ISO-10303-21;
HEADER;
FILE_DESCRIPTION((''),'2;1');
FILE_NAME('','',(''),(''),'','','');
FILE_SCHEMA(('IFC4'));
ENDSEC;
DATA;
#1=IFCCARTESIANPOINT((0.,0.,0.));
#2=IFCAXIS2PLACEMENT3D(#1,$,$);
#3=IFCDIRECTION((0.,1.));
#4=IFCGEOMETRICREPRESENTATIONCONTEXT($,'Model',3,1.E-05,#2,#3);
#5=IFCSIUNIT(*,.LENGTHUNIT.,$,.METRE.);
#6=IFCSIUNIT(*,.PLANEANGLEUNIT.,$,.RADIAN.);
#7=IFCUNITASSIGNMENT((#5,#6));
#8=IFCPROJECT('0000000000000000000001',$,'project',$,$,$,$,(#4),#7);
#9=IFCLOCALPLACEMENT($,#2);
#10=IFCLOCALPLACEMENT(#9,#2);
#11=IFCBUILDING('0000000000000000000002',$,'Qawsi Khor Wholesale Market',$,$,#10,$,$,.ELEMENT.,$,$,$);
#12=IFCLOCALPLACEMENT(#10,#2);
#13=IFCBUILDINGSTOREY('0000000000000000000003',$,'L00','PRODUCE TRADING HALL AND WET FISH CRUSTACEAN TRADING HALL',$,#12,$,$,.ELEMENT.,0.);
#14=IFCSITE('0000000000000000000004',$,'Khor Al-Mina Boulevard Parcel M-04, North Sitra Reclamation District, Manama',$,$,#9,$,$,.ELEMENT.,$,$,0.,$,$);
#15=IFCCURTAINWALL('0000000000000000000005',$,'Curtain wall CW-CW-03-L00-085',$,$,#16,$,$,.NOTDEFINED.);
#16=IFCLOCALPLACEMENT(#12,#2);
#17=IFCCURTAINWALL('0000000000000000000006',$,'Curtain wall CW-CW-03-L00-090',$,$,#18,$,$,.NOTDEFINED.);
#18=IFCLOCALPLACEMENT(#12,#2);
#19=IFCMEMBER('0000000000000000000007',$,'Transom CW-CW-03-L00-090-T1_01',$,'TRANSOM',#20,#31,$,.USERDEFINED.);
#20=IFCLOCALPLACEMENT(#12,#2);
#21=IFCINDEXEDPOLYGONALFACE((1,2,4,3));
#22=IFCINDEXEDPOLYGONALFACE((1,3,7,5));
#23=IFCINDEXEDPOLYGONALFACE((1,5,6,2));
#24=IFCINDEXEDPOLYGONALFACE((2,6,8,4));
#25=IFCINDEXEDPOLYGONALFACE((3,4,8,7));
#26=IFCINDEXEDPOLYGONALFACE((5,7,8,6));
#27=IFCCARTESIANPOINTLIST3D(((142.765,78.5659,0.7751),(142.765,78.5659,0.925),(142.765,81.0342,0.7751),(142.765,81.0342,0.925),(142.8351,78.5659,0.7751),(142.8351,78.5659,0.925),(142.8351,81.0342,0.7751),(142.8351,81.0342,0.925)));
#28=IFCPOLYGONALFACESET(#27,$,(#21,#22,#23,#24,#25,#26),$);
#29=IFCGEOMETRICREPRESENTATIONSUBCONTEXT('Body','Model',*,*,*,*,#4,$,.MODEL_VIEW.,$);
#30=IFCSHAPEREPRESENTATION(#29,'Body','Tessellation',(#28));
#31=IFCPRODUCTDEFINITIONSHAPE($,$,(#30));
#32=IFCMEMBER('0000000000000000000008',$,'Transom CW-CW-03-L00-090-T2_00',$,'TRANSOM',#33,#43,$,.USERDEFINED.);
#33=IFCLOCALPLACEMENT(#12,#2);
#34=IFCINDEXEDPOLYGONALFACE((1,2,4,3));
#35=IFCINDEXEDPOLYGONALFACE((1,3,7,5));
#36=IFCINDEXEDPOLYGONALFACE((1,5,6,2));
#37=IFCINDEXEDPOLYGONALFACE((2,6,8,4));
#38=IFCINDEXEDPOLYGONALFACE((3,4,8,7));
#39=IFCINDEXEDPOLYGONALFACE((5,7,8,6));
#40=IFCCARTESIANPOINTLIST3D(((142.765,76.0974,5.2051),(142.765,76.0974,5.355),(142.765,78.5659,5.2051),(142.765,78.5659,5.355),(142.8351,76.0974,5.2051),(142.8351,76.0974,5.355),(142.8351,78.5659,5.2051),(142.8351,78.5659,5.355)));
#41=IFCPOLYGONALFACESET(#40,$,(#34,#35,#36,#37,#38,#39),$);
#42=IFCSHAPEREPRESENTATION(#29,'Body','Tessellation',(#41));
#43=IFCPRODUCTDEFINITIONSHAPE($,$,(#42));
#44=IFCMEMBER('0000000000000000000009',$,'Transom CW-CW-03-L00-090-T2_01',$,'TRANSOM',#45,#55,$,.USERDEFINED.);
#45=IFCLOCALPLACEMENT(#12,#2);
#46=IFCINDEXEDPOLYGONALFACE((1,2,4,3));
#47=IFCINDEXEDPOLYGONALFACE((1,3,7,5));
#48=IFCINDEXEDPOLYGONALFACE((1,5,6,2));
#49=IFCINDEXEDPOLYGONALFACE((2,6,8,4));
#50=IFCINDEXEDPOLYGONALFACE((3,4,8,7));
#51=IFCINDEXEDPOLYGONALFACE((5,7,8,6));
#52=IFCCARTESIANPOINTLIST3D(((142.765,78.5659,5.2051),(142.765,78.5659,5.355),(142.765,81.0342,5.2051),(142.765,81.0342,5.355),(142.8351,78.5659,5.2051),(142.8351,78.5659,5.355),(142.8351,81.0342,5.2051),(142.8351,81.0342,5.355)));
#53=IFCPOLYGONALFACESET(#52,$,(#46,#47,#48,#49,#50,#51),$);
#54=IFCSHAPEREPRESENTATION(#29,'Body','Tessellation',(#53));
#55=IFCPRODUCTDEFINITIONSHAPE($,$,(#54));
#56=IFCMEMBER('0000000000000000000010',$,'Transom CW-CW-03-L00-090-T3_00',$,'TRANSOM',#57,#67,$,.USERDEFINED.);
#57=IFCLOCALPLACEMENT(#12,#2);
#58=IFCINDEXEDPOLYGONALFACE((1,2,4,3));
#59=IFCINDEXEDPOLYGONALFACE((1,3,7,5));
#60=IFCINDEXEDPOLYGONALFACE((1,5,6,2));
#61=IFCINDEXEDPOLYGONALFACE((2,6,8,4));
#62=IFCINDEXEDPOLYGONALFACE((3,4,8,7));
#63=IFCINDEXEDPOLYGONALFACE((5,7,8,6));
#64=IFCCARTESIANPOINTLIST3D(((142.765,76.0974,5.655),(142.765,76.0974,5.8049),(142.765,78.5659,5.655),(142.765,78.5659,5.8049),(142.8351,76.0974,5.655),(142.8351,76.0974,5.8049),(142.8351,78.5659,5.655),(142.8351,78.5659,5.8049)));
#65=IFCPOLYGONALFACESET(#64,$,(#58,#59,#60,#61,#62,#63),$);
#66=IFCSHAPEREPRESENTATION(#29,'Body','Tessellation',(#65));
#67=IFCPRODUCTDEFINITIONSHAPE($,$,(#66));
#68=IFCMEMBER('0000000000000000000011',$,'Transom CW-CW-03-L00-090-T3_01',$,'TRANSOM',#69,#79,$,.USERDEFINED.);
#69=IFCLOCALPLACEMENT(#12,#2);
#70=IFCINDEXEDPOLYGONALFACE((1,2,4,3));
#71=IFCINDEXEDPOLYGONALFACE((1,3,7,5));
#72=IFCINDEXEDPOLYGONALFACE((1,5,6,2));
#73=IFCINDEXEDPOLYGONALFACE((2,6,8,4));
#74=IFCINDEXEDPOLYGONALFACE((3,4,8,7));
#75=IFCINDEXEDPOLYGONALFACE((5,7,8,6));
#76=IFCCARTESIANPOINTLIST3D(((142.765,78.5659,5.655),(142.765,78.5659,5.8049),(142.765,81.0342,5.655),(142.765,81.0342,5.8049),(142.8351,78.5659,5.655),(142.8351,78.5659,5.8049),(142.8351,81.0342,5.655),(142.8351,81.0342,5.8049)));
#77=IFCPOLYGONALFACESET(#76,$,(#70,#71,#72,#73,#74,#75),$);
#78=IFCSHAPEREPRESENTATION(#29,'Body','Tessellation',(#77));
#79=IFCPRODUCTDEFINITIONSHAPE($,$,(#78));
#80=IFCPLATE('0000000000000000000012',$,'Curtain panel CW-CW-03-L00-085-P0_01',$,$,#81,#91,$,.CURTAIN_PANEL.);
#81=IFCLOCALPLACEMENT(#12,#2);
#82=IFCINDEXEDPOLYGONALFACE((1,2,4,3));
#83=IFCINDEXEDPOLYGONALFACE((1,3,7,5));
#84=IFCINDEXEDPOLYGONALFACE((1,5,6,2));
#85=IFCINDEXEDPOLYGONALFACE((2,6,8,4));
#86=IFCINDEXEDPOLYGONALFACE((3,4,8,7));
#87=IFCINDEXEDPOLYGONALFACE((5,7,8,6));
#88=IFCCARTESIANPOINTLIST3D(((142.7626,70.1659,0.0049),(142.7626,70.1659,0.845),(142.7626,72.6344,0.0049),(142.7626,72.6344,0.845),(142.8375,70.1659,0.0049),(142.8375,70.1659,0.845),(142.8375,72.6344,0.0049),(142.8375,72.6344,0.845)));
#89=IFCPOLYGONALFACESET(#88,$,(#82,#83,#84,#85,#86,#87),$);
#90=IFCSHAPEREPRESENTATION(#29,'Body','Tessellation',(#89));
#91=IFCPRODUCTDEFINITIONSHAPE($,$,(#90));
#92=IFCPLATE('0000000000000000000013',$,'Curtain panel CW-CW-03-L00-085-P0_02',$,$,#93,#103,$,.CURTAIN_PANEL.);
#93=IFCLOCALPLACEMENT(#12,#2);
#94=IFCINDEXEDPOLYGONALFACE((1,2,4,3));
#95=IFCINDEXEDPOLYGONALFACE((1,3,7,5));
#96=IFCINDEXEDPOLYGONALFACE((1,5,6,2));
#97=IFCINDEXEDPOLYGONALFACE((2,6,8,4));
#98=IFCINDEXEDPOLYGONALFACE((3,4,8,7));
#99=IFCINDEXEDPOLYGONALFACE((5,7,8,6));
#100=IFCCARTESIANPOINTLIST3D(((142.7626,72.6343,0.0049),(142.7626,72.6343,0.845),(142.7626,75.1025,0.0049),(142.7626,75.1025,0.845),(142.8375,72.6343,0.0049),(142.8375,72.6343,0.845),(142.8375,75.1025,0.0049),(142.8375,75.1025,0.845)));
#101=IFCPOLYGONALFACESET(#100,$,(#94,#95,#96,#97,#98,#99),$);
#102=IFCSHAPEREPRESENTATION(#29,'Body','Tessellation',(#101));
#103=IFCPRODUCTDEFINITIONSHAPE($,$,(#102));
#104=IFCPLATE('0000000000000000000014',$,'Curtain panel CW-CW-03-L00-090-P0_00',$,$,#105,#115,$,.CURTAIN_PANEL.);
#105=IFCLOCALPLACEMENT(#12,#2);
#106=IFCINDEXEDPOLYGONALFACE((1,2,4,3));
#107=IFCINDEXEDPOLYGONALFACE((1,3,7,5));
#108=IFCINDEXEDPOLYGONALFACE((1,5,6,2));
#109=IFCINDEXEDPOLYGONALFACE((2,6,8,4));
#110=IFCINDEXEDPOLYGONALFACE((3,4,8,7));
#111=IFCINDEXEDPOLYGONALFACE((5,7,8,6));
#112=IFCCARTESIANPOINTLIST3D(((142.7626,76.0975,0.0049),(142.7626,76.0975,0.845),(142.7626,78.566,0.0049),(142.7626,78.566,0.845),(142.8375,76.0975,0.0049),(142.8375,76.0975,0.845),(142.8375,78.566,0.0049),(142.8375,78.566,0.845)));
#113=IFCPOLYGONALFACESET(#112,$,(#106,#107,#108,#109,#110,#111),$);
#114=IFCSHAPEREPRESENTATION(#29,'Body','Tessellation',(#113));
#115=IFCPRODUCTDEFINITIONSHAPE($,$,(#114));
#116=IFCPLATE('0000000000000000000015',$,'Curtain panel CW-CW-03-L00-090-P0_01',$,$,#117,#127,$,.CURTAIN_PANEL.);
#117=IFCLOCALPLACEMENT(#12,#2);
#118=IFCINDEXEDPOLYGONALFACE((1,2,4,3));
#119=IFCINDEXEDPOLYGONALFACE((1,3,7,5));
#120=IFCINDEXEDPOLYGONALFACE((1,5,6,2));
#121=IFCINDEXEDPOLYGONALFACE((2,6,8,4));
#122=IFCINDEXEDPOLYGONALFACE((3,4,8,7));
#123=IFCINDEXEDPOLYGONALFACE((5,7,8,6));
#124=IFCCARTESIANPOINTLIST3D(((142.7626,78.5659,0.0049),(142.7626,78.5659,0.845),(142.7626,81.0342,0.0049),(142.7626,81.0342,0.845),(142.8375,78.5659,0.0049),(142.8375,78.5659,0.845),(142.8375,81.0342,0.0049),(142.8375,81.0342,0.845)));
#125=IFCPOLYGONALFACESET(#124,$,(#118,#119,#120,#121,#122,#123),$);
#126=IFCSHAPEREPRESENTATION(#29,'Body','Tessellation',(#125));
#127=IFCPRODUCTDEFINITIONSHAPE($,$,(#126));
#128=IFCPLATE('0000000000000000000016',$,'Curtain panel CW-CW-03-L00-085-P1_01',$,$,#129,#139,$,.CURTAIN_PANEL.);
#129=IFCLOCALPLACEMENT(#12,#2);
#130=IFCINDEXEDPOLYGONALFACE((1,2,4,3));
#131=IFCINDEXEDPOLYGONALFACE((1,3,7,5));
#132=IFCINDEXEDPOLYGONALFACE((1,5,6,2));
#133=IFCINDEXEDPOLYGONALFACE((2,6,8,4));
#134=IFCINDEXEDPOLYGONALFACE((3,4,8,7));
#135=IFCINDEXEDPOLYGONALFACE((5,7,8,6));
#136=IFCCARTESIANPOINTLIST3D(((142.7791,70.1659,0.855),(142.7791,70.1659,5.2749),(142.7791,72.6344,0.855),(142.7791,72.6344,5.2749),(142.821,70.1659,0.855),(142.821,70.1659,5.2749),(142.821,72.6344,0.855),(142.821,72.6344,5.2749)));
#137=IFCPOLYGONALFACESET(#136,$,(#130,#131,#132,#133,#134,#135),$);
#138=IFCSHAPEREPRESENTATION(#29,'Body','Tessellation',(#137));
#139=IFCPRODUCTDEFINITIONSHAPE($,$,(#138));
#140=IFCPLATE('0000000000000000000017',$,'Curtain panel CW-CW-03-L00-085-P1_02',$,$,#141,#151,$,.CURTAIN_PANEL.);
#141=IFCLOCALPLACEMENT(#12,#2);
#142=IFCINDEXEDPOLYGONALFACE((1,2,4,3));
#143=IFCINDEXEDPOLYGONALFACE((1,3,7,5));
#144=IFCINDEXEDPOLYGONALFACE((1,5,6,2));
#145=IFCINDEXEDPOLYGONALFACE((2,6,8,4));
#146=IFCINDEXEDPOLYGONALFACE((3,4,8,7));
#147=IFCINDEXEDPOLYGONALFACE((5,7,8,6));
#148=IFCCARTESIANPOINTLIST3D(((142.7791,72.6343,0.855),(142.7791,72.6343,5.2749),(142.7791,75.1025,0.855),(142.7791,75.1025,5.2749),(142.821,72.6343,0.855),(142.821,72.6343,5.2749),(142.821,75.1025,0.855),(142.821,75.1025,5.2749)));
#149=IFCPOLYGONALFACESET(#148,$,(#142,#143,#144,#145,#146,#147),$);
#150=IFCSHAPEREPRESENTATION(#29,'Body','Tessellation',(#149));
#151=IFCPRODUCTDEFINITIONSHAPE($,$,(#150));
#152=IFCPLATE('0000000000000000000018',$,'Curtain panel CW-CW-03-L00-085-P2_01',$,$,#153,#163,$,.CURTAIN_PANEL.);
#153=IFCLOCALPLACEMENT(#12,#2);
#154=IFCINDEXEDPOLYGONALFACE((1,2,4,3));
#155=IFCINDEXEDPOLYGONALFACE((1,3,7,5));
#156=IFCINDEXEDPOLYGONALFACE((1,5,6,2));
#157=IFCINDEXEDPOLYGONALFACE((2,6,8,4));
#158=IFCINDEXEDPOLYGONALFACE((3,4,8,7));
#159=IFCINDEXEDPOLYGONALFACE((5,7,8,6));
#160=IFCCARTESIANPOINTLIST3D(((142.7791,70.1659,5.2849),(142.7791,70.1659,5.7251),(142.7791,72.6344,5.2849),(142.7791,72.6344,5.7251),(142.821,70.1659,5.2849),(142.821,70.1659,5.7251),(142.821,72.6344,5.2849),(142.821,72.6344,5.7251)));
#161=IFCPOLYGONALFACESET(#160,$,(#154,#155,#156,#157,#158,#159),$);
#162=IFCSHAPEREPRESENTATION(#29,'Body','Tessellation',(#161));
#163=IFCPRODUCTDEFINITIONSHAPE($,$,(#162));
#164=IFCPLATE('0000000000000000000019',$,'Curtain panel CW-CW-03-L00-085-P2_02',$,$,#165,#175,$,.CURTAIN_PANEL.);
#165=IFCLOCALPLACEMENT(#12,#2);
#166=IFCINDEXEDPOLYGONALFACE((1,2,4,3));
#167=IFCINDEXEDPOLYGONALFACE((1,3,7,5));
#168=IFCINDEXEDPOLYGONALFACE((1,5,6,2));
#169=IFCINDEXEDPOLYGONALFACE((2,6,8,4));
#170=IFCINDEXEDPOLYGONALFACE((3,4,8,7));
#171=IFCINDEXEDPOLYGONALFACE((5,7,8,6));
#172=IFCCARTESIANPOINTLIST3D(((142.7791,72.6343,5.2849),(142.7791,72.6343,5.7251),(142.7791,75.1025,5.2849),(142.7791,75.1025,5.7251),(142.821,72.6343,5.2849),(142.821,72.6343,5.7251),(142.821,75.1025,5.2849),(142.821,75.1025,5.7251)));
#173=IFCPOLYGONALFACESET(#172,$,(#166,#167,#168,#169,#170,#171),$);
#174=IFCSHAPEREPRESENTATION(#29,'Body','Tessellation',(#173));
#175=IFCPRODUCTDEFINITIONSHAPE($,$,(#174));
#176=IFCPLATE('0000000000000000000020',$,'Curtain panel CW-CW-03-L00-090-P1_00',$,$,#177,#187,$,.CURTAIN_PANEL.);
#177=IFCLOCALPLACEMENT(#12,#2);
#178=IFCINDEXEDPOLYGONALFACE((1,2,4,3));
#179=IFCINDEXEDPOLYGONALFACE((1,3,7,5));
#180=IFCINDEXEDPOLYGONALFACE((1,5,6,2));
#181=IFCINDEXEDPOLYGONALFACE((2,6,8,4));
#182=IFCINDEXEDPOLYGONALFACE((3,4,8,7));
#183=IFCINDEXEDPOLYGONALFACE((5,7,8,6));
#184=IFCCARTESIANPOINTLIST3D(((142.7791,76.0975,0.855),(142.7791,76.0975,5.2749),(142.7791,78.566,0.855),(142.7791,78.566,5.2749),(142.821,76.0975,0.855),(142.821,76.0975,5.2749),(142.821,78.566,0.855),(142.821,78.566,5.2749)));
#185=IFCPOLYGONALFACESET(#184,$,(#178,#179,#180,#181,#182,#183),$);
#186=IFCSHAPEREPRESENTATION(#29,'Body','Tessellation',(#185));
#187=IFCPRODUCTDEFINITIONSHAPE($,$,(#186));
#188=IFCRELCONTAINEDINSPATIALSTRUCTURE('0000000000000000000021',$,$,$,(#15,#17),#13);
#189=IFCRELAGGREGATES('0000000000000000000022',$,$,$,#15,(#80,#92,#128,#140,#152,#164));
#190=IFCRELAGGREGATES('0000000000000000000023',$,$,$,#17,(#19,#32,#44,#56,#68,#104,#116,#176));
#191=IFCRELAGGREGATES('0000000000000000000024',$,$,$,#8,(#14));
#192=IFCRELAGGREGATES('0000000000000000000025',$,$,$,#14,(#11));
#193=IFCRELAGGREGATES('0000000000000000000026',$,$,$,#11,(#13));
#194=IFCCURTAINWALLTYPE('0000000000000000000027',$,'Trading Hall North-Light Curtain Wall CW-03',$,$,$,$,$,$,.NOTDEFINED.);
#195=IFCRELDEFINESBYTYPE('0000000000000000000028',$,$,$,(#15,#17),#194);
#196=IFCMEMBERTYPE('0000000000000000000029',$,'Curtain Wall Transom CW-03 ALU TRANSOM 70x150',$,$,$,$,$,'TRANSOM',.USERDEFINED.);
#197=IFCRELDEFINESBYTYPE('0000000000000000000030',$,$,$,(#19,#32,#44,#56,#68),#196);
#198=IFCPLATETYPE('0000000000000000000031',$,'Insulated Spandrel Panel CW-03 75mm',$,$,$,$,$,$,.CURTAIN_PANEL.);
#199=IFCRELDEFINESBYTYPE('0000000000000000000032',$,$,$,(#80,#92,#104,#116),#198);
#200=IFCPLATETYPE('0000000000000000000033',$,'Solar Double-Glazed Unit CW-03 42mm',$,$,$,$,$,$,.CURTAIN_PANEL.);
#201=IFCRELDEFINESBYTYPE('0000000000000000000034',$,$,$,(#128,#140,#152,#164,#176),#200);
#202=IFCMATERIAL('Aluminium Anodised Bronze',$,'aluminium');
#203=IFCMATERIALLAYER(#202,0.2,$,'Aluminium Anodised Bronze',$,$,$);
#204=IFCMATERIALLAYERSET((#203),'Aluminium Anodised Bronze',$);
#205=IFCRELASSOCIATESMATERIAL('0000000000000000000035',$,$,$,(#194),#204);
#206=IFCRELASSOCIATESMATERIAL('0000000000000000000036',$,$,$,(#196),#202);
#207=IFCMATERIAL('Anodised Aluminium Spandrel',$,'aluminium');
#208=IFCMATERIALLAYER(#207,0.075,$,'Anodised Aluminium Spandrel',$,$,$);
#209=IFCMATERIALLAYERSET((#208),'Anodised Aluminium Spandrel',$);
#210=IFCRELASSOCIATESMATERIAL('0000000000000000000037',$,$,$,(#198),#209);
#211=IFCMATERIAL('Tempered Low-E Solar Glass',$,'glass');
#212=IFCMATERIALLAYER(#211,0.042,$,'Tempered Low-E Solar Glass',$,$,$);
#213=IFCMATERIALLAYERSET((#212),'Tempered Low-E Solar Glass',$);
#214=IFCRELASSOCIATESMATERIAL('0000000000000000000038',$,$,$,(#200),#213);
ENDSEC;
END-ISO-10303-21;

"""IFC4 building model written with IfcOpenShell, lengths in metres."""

from ifc_helpers import new_model, si_unit, direction, frame, frame_2d, origin, origin_2d, place, context, subcontext, project, spatial, rectangle, extrude, material, layer, layer_set, material_profile, profile_set, type_object, element, aggregate, save


model = new_model("IFC4")

# Units and contexts
model_context = context("Model", 3, precision=1e-05, world=origin(), true_north=direction((0.0, 1.0)))
body_context = subcontext(model_context, "Body", "Model", "MODEL_VIEW")
ifc_project = project(units=[si_unit("LENGTHUNIT", "METRE"), si_unit("PLANEANGLEUNIT", "RADIAN")], contexts=[model_context])

# Site, building, storey
site_placement = place(None, origin())
site = spatial("IfcSite", under=ifc_project, at=site_placement, Name="Khor Al-Mina Boulevard Parcel M-04, North Sitra Reclamation District, Manama", CompositionType="ELEMENT", RefElevation=0.0)
building_placement = place(site_placement, origin())
building = spatial("IfcBuilding", under=site, at=building_placement, Name="Qawsi Khor Wholesale Market", CompositionType="ELEMENT")
storey_placement = place(building_placement, origin())
storey = spatial("IfcBuildingStorey", under=building, at=storey_placement, Name="L00", Description="PRODUCE TRADING HALL AND WET FISH CRUSTACEAN TRADING HALL", CompositionType="ELEMENT", Elevation=0.0)

# Curtain walls
ifc_material_1 = material(Name="Aluminium Anodised Bronze", Category="aluminium")
ifc_layer_1 = layer(ifc_material_1, 0.2, Name="Aluminium Anodised Bronze")
ifc_layer_set_1 = layer_set([ifc_layer_1], Name="Aluminium Anodised Bronze")
curtain_wall_type = type_object("IfcCurtainWallType", Name="Trading Hall North-Light Curtain Wall CW-03", PredefinedType="NOTDEFINED", material=ifc_layer_set_1)
curtain_wall_1_placement = place(storey_placement, origin())
curtain_wall_1 = element("IfcCurtainWall", 1, at=curtain_wall_1_placement, inside=storey, type_object=curtain_wall_type, Name="Curtain wall CW-CW-03-L00-085", PredefinedType="NOTDEFINED")
curtain_wall_2_placement = place(storey_placement, origin())
curtain_wall_2 = element("IfcCurtainWall", 2, at=curtain_wall_2_placement, inside=storey, type_object=curtain_wall_type, Name="Curtain wall CW-CW-03-L00-090", PredefinedType="NOTDEFINED")

# Members
ifc_material_profile_1 = material_profile(ifc_material_1, rectangle(XDim=0.0701, YDim=0.1499, at=origin_2d()), Name="ALU TRANSOM 70x150")
ifc_profile_set_1 = profile_set([ifc_material_profile_1], Name="Aluminium Anodised Bronze")
member_type_1 = type_object("IfcMemberType", Name="Curtain Wall Transom CW-03 ALU TRANSOM 70x150", ElementType="TRANSOM", PredefinedType="USERDEFINED", material=ifc_profile_set_1)
member_1_placement = place(storey_placement, frame((142.8, 78.5659, 0.8501), z_axis=(0.0, 1.0, 0.0), x_axis=(-1.0, 0.0, 0.0)))
member_1 = element("IfcMember", 3, at=member_1_placement, type_object=member_type_1, Name="Transom CW-CW-03-L00-090-T1_01", ObjectType="TRANSOM", PredefinedType="USERDEFINED", context=body_context, shape_type="SweptSolid", body=[
    extrude(rectangle(XDim=0.0701, YDim=0.1499, at=origin_2d()), origin(), (0.0, 0.0, 1.0), 2.4683),
])
member_2_placement = place(storey_placement, frame((142.8, 76.0974, 5.28), z_axis=(0.0, 1.0, 0.0), x_axis=(-1.0, 0.0, 0.0)))
member_2 = element("IfcMember", 4, at=member_2_placement, type_object=member_type_1, Name="Transom CW-CW-03-L00-090-T2_00", ObjectType="TRANSOM", PredefinedType="USERDEFINED", context=body_context, shape_type="SweptSolid", body=[
    extrude(rectangle(XDim=0.0701, YDim=0.1499, at=origin_2d()), origin(), (0.0, 0.0, 1.0), 2.4685),
])
member_3_placement = place(storey_placement, frame((142.8, 78.5659, 5.28), z_axis=(0.0, 1.0, 0.0), x_axis=(-1.0, 0.0, 0.0)))
member_3 = element("IfcMember", 5, at=member_3_placement, type_object=member_type_1, Name="Transom CW-CW-03-L00-090-T2_01", ObjectType="TRANSOM", PredefinedType="USERDEFINED", context=body_context, shape_type="SweptSolid", body=[
    extrude(rectangle(XDim=0.0701, YDim=0.1499, at=origin_2d()), origin(), (0.0, 0.0, 1.0), 2.4683),
])
member_4_placement = place(storey_placement, frame((142.8, 76.0974, 5.73), z_axis=(0.0, 1.0, 0.0), x_axis=(-1.0, 0.0, 0.0)))
member_4 = element("IfcMember", 6, at=member_4_placement, type_object=member_type_1, Name="Transom CW-CW-03-L00-090-T3_00", ObjectType="TRANSOM", PredefinedType="USERDEFINED", context=body_context, shape_type="SweptSolid", body=[
    extrude(rectangle(XDim=0.0701, YDim=0.1499, at=origin_2d()), origin(), (0.0, 0.0, 1.0), 2.4685),
])
member_5_placement = place(storey_placement, frame((142.8, 78.5659, 5.73), z_axis=(0.0, 1.0, 0.0), x_axis=(-1.0, 0.0, 0.0)))
member_5 = element("IfcMember", 7, at=member_5_placement, type_object=member_type_1, Name="Transom CW-CW-03-L00-090-T3_01", ObjectType="TRANSOM", PredefinedType="USERDEFINED", context=body_context, shape_type="SweptSolid", body=[
    extrude(rectangle(XDim=0.0701, YDim=0.1499, at=origin_2d()), origin(), (0.0, 0.0, 1.0), 2.4683),
])

# Plates
ifc_material_2 = material(Name="Anodised Aluminium Spandrel", Category="aluminium")
ifc_layer_2 = layer(ifc_material_2, 0.075, Name="Anodised Aluminium Spandrel")
ifc_layer_set_2 = layer_set([ifc_layer_2], Name="Anodised Aluminium Spandrel")
plate_type_1 = type_object("IfcPlateType", Name="Insulated Spandrel Panel CW-03 75mm", PredefinedType="CURTAIN_PANEL", material=ifc_layer_set_2)
plate_1_placement = place(storey_placement, frame((142.8, 70.1658, 0.0049), z_axis=(0.0, 0.0, 1.0), x_axis=(0.0, 1.0, 0.0)))
plate_1 = element("IfcPlate", 8, at=plate_1_placement, type_object=plate_type_1, Name="Curtain panel CW-CW-03-L00-085-P0_01", PredefinedType="CURTAIN_PANEL", context=body_context, shape_type="SweptSolid", body=[
    extrude(rectangle(XDim=2.4685, YDim=0.075, at=frame_2d((1.2344, 0.0))), origin(), (0.0, 0.0, 1.0), 0.8401),
])
plate_2_placement = place(storey_placement, frame((142.8, 72.6343, 0.0049), z_axis=(0.0, 0.0, 1.0), x_axis=(0.0, 1.0, 0.0)))
plate_2 = element("IfcPlate", 9, at=plate_2_placement, type_object=plate_type_1, Name="Curtain panel CW-CW-03-L00-085-P0_02", PredefinedType="CURTAIN_PANEL", context=body_context, shape_type="SweptSolid", body=[
    extrude(rectangle(XDim=2.4683, YDim=0.075, at=frame_2d((1.2341, 0.0))), origin(), (0.0, 0.0, 1.0), 0.8401),
])
plate_3_placement = place(storey_placement, frame((142.8, 76.0974, 0.0049), z_axis=(0.0, 0.0, 1.0), x_axis=(0.0, 1.0, 0.0)))
plate_3 = element("IfcPlate", 10, at=plate_3_placement, type_object=plate_type_1, Name="Curtain panel CW-CW-03-L00-090-P0_00", PredefinedType="CURTAIN_PANEL", context=body_context, shape_type="SweptSolid", body=[
    extrude(rectangle(XDim=2.4685, YDim=0.075, at=frame_2d((1.2344, 0.0))), origin(), (0.0, 0.0, 1.0), 0.8401),
])
plate_4_placement = place(storey_placement, frame((142.8, 78.5659, 0.0049), z_axis=(0.0, 0.0, 1.0), x_axis=(0.0, 1.0, 0.0)))
plate_4 = element("IfcPlate", 11, at=plate_4_placement, type_object=plate_type_1, Name="Curtain panel CW-CW-03-L00-090-P0_01", PredefinedType="CURTAIN_PANEL", context=body_context, shape_type="SweptSolid", body=[
    extrude(rectangle(XDim=2.4683, YDim=0.075, at=frame_2d((1.2341, 0.0))), origin(), (0.0, 0.0, 1.0), 0.8401),
])
ifc_material_3 = material(Name="Tempered Low-E Solar Glass", Category="glass")
ifc_layer_3 = layer(ifc_material_3, 0.042, Name="Tempered Low-E Solar Glass")
ifc_layer_set_3 = layer_set([ifc_layer_3], Name="Tempered Low-E Solar Glass")
plate_type_2 = type_object("IfcPlateType", Name="Solar Double-Glazed Unit CW-03 42mm", PredefinedType="CURTAIN_PANEL", material=ifc_layer_set_3)
plate_5_placement = place(storey_placement, frame((142.8, 70.1658, 0.855), z_axis=(0.0, 0.0, 1.0), x_axis=(0.0, 1.0, 0.0)))
plate_5 = element("IfcPlate", 12, at=plate_5_placement, type_object=plate_type_2, Name="Curtain panel CW-CW-03-L00-085-P1_01", PredefinedType="CURTAIN_PANEL", context=body_context, shape_type="SweptSolid", body=[
    extrude(rectangle(XDim=2.4685, YDim=0.042, at=frame_2d((1.2344, 0.0))), origin(), (0.0, 0.0, 1.0), 4.4199),
])
plate_6_placement = place(storey_placement, frame((142.8, 72.6343, 0.855), z_axis=(0.0, 0.0, 1.0), x_axis=(0.0, 1.0, 0.0)))
plate_6 = element("IfcPlate", 13, at=plate_6_placement, type_object=plate_type_2, Name="Curtain panel CW-CW-03-L00-085-P1_02", PredefinedType="CURTAIN_PANEL", context=body_context, shape_type="SweptSolid", body=[
    extrude(rectangle(XDim=2.4683, YDim=0.042, at=frame_2d((1.2341, 0.0))), origin(), (0.0, 0.0, 1.0), 4.4199),
])
plate_7_placement = place(storey_placement, frame((142.8, 70.1658, 5.2849), z_axis=(0.0, 0.0, 1.0), x_axis=(0.0, 1.0, 0.0)))
plate_7 = element("IfcPlate", 14, at=plate_7_placement, type_object=plate_type_2, Name="Curtain panel CW-CW-03-L00-085-P2_01", PredefinedType="CURTAIN_PANEL", context=body_context, shape_type="SweptSolid", body=[
    extrude(rectangle(XDim=2.4685, YDim=0.042, at=frame_2d((1.2344, 0.0))), origin(), (0.0, 0.0, 1.0), 0.4402),
])
plate_8_placement = place(storey_placement, frame((142.8, 72.6343, 5.2849), z_axis=(0.0, 0.0, 1.0), x_axis=(0.0, 1.0, 0.0)))
plate_8 = element("IfcPlate", 15, at=plate_8_placement, type_object=plate_type_2, Name="Curtain panel CW-CW-03-L00-085-P2_02", PredefinedType="CURTAIN_PANEL", context=body_context, shape_type="SweptSolid", body=[
    extrude(rectangle(XDim=2.4683, YDim=0.042, at=frame_2d((1.2341, 0.0))), origin(), (0.0, 0.0, 1.0), 0.4402),
])
aggregate(curtain_wall_1, [plate_1, plate_2, plate_5, plate_6, plate_7, plate_8])
plate_9_placement = place(storey_placement, frame((142.8, 76.0974, 0.855), z_axis=(0.0, 0.0, 1.0), x_axis=(0.0, 1.0, 0.0)))
plate_9 = element("IfcPlate", 16, at=plate_9_placement, type_object=plate_type_2, Name="Curtain panel CW-CW-03-L00-090-P1_00", PredefinedType="CURTAIN_PANEL", context=body_context, shape_type="SweptSolid", body=[
    extrude(rectangle(XDim=2.4685, YDim=0.042, at=frame_2d((1.2344, 0.0))), origin(), (0.0, 0.0, 1.0), 4.4199),
])
aggregate(curtain_wall_2, [member_1, member_2, member_3, member_4, member_5, plate_3, plate_4, plate_9])

save(model, "model.ifc")
